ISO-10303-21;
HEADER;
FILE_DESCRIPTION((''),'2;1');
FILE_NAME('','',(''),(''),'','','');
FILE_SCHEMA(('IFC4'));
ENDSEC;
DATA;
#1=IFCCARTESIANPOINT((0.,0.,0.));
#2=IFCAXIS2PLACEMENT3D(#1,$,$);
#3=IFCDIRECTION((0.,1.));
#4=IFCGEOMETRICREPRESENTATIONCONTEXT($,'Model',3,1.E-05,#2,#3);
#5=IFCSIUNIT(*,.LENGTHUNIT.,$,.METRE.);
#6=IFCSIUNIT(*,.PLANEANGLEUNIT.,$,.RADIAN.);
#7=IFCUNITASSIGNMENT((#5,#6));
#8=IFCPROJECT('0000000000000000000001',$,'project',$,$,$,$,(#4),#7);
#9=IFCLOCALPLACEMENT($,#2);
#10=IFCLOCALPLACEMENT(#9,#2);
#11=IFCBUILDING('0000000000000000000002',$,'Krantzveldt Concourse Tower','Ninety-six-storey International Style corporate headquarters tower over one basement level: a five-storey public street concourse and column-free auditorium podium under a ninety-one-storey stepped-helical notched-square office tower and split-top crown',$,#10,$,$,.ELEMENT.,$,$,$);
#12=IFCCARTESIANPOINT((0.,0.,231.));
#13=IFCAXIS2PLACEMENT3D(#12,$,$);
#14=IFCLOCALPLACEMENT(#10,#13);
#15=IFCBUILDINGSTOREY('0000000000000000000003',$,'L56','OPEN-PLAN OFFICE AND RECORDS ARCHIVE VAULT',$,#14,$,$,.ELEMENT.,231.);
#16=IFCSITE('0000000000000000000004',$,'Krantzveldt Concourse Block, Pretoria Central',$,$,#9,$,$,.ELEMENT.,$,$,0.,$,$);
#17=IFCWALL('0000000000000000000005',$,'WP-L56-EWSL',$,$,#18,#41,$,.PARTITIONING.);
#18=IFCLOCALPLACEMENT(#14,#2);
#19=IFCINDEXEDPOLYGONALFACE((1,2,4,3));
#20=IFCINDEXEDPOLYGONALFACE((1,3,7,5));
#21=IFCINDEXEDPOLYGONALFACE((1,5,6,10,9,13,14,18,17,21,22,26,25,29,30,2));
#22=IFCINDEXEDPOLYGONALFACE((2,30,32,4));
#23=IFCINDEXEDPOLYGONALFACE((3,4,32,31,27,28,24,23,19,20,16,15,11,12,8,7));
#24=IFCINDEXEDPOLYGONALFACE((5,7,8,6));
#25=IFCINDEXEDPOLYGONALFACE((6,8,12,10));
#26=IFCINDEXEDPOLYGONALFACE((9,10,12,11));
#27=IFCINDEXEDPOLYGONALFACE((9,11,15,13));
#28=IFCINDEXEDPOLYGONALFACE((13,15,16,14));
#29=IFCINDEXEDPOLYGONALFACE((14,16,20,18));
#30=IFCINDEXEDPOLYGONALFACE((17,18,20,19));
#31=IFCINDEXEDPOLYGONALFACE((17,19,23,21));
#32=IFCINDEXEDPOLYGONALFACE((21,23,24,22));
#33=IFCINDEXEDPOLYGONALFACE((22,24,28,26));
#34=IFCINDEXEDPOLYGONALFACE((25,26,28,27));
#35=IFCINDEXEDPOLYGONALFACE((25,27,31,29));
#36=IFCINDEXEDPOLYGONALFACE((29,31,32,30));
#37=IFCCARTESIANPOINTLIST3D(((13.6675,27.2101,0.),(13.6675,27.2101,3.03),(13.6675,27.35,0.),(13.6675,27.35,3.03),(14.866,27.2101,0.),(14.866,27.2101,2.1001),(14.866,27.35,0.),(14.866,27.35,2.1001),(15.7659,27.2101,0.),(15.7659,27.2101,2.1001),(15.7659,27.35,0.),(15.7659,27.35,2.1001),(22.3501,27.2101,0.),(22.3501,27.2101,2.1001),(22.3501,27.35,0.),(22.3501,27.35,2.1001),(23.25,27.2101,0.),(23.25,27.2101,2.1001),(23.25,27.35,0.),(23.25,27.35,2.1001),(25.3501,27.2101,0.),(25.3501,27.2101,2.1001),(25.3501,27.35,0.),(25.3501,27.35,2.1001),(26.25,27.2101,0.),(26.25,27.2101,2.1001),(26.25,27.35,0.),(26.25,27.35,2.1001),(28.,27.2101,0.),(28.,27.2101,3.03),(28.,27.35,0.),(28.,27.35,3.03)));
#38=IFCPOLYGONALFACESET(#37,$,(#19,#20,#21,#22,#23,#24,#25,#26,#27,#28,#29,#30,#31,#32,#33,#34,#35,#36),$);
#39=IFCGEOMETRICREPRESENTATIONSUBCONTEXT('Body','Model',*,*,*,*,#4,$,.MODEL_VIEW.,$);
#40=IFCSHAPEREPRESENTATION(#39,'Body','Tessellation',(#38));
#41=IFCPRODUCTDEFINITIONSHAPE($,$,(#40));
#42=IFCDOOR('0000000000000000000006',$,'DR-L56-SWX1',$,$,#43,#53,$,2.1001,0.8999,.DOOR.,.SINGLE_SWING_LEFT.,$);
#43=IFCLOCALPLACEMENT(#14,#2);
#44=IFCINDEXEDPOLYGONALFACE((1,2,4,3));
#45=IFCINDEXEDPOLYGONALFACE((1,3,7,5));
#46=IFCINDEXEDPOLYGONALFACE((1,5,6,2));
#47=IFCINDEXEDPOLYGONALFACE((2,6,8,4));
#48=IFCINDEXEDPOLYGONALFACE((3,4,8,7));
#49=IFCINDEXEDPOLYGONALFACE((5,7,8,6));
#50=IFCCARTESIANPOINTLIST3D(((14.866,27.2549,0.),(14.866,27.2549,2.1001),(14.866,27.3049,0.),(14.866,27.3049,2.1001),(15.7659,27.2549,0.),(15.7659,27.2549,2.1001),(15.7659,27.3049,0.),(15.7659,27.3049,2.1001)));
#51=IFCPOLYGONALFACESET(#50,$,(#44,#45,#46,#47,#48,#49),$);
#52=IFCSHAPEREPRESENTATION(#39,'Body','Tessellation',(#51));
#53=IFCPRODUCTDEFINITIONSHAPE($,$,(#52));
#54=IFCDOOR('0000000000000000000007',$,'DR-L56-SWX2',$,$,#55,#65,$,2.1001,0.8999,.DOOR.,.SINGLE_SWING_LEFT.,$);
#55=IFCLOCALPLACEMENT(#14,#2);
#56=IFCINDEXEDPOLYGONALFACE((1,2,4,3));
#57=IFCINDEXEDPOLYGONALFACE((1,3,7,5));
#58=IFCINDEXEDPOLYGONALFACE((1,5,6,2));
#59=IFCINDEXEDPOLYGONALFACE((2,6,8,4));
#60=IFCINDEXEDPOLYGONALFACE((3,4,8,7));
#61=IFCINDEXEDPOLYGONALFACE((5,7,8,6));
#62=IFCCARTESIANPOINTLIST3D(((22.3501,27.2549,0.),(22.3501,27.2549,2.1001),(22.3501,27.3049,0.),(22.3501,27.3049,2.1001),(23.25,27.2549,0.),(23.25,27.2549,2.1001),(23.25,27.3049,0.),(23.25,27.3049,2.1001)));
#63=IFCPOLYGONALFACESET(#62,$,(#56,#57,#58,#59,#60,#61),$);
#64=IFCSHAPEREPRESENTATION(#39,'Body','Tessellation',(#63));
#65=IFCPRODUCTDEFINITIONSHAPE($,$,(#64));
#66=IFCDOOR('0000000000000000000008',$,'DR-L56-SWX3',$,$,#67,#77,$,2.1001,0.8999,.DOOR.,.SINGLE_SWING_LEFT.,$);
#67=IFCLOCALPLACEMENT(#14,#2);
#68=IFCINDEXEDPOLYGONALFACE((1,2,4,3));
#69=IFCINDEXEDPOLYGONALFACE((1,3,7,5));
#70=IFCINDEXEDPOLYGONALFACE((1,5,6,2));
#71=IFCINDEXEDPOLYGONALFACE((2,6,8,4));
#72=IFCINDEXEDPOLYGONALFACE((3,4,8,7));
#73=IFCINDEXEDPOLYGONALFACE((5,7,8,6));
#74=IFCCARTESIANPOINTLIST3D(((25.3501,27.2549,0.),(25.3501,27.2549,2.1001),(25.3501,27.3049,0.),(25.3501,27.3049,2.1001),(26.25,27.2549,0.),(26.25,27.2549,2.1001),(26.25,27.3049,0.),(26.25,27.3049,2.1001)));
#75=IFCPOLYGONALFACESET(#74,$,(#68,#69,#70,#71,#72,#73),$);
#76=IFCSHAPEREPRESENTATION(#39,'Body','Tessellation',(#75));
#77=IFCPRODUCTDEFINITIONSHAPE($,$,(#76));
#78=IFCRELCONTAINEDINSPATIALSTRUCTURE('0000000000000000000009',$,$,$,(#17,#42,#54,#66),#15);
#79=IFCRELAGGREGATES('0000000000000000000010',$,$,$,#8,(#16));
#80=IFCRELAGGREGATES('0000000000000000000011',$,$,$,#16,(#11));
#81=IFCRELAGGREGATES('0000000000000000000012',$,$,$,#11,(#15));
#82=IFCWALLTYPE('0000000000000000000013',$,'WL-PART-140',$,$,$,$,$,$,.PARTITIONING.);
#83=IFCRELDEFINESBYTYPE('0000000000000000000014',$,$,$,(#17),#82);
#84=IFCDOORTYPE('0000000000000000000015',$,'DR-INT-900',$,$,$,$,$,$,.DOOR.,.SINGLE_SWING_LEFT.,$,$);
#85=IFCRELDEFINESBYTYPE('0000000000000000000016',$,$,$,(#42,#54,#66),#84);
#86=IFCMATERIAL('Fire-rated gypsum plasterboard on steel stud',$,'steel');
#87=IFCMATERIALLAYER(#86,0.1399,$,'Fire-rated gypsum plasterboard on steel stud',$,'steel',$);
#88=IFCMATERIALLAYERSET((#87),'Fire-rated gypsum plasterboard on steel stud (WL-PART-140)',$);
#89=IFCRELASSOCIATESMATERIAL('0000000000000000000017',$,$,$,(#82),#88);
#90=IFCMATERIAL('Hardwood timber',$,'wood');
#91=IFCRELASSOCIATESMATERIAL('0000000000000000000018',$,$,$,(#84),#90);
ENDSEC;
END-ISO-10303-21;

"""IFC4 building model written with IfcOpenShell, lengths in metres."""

from ifc_helpers import new_model, si_unit, direction, frame, frame_2d, origin, place, context, subcontext, project, spatial, rectangle, extrude, material, layer, layer_set, type_object, element, fill, save


model = new_model("IFC4")

# Units and contexts
model_context = context("Model", 3, precision=1e-05, world=origin(), true_north=direction((0.0, 1.0)))
body_context = subcontext(model_context, "Body", "Model", "MODEL_VIEW")
ifc_project = project(units=[si_unit("LENGTHUNIT", "METRE"), si_unit("PLANEANGLEUNIT", "RADIAN")], contexts=[model_context])

# Site, building, storey
site_placement = place(None, origin())
site = spatial("IfcSite", under=ifc_project, at=site_placement, Name="Krantzveldt Concourse Block, Pretoria Central", CompositionType="ELEMENT", RefElevation=0.0)
building_placement = place(site_placement, origin())
building = spatial("IfcBuilding", under=site, at=building_placement, Name="Krantzveldt Concourse Tower", Description="Ninety-six-storey International Style corporate headquarters tower over one basement level: a five-storey public street concourse and column-free auditorium podium under a ninety-one-storey stepped-helical notched-square office tower and split-top crown", CompositionType="ELEMENT")
storey_placement = place(building_placement, frame((0.0, 0.0, 231.0)))
storey = spatial("IfcBuildingStorey", under=building, at=storey_placement, Name="L56", Description="OPEN-PLAN OFFICE AND RECORDS ARCHIVE VAULT", CompositionType="ELEMENT", Elevation=231.0)

# Wall, openings, doors
ifc_material_1 = material(Name="Fire-rated gypsum plasterboard on steel stud", Category="steel")
ifc_layer_1 = layer(ifc_material_1, 0.1399, Name="Fire-rated gypsum plasterboard on steel stud", Category="steel")
ifc_layer_set_1 = layer_set([ifc_layer_1], Name="Fire-rated gypsum plasterboard on steel stud (WL-PART-140)")
wall_type_1 = type_object("IfcWallType", Name="WL-PART-140", PredefinedType="PARTITIONING", material=ifc_layer_set_1)
ifc_material_2 = material(Name="Hardwood timber", Category="wood")
door_type = type_object("IfcDoorType", Name="DR-INT-900", OperationType="SINGLE_SWING_LEFT", PredefinedType="DOOR", material=ifc_material_2)
wall_1_placement = place(storey_placement, frame((13.6675, 27.28, 0.0), z_axis=(0.0, 0.0, 1.0), x_axis=(1.0, 0.0, 0.0)))
wall_1 = element("IfcWall", 1, at=wall_1_placement, inside=storey, type_object=wall_type_1, Name="WP-L56-EWSL", PredefinedType="PARTITIONING", context=body_context, shape_type="SweptSolid", body=[
    extrude(rectangle(XDim=14.3325, YDim=0.1399, at=frame_2d((7.1663, 0.0))), origin(), (0.0, 0.0, 1.0), 3.03),
])
opening_1_placement = place(wall_1_placement, frame((1.1985, 0.0, 0.0)))
opening_1 = element("IfcOpeningElement", 2, at=opening_1_placement, cuts=wall_1, PredefinedType="OPENING", context=body_context, shape_type="SweptSolid", body=[
    extrude(rectangle(XDim=0.8999, YDim=2.1001, at=frame_2d((0.45, 1.05))), frame((0.0, 0.0801, 0.0), z_axis=(0.0, -1.0, 0.0), x_axis=(1.0, 0.0, 0.0)), (0.0, 0.0, 1.0), 0.1599),
])
opening_2_placement = place(wall_1_placement, frame((8.6826, 0.0, 0.0)))
opening_2 = element("IfcOpeningElement", 3, at=opening_2_placement, cuts=wall_1, PredefinedType="OPENING", context=body_context, shape_type="SweptSolid", body=[
    extrude(rectangle(XDim=0.8999, YDim=2.1001, at=frame_2d((0.45, 1.05))), frame((0.0, 0.0801, 0.0), z_axis=(0.0, -1.0, 0.0), x_axis=(1.0, 0.0, 0.0)), (0.0, 0.0, 1.0), 0.1599),
])
opening_3_placement = place(wall_1_placement, frame((11.6826, 0.0, 0.0)))
opening_3 = element("IfcOpeningElement", 4, at=opening_3_placement, cuts=wall_1, PredefinedType="OPENING", context=body_context, shape_type="SweptSolid", body=[
    extrude(rectangle(XDim=0.8999, YDim=2.1001, at=frame_2d((0.45, 1.05))), frame((0.0, 0.0801, 0.0), z_axis=(0.0, -1.0, 0.0), x_axis=(1.0, 0.0, 0.0)), (0.0, 0.0, 1.0), 0.1599),
])
door_1_placement = place(opening_1_placement, origin())
door_1 = element("IfcDoor", 5, at=door_1_placement, inside=storey, type_object=door_type, Name="DR-L56-SWX1", OperationType="SINGLE_SWING_LEFT", OverallHeight=2.1001, OverallWidth=0.8999, PredefinedType="DOOR", context=body_context, shape_type="SweptSolid", body=[
    extrude(rectangle(XDim=0.8999, YDim=2.1001, at=frame_2d((0.45, 1.05))), frame((0.0, 0.0249, 0.0), z_axis=(0.0, -1.0, 0.0), x_axis=(1.0, 0.0, 0.0)), (0.0, 0.0, 1.0), 0.05),
])
fill(opening_1, door_1)
door_2_placement = place(opening_2_placement, origin())
door_2 = element("IfcDoor", 6, at=door_2_placement, inside=storey, type_object=door_type, Name="DR-L56-SWX2", OperationType="SINGLE_SWING_LEFT", OverallHeight=2.1001, OverallWidth=0.8999, PredefinedType="DOOR", context=body_context, shape_type="SweptSolid", body=[
    extrude(rectangle(XDim=0.8999, YDim=2.1001, at=frame_2d((0.45, 1.05))), frame((0.0, 0.0249, 0.0), z_axis=(0.0, -1.0, 0.0), x_axis=(1.0, 0.0, 0.0)), (0.0, 0.0, 1.0), 0.05),
])
fill(opening_2, door_2)
door_3_placement = place(opening_3_placement, origin())
door_3 = element("IfcDoor", 7, at=door_3_placement, inside=storey, type_object=door_type, Name="DR-L56-SWX3", OperationType="SINGLE_SWING_LEFT", OverallHeight=2.1001, OverallWidth=0.8999, PredefinedType="DOOR", context=body_context, shape_type="SweptSolid", body=[
    extrude(rectangle(XDim=0.8999, YDim=2.1001, at=frame_2d((0.45, 1.05))), frame((0.0, 0.0249, 0.0), z_axis=(0.0, -1.0, 0.0), x_axis=(1.0, 0.0, 0.0)), (0.0, 0.0, 1.0), 0.05),
])
fill(opening_3, door_3)

save(model, "model.ifc")
